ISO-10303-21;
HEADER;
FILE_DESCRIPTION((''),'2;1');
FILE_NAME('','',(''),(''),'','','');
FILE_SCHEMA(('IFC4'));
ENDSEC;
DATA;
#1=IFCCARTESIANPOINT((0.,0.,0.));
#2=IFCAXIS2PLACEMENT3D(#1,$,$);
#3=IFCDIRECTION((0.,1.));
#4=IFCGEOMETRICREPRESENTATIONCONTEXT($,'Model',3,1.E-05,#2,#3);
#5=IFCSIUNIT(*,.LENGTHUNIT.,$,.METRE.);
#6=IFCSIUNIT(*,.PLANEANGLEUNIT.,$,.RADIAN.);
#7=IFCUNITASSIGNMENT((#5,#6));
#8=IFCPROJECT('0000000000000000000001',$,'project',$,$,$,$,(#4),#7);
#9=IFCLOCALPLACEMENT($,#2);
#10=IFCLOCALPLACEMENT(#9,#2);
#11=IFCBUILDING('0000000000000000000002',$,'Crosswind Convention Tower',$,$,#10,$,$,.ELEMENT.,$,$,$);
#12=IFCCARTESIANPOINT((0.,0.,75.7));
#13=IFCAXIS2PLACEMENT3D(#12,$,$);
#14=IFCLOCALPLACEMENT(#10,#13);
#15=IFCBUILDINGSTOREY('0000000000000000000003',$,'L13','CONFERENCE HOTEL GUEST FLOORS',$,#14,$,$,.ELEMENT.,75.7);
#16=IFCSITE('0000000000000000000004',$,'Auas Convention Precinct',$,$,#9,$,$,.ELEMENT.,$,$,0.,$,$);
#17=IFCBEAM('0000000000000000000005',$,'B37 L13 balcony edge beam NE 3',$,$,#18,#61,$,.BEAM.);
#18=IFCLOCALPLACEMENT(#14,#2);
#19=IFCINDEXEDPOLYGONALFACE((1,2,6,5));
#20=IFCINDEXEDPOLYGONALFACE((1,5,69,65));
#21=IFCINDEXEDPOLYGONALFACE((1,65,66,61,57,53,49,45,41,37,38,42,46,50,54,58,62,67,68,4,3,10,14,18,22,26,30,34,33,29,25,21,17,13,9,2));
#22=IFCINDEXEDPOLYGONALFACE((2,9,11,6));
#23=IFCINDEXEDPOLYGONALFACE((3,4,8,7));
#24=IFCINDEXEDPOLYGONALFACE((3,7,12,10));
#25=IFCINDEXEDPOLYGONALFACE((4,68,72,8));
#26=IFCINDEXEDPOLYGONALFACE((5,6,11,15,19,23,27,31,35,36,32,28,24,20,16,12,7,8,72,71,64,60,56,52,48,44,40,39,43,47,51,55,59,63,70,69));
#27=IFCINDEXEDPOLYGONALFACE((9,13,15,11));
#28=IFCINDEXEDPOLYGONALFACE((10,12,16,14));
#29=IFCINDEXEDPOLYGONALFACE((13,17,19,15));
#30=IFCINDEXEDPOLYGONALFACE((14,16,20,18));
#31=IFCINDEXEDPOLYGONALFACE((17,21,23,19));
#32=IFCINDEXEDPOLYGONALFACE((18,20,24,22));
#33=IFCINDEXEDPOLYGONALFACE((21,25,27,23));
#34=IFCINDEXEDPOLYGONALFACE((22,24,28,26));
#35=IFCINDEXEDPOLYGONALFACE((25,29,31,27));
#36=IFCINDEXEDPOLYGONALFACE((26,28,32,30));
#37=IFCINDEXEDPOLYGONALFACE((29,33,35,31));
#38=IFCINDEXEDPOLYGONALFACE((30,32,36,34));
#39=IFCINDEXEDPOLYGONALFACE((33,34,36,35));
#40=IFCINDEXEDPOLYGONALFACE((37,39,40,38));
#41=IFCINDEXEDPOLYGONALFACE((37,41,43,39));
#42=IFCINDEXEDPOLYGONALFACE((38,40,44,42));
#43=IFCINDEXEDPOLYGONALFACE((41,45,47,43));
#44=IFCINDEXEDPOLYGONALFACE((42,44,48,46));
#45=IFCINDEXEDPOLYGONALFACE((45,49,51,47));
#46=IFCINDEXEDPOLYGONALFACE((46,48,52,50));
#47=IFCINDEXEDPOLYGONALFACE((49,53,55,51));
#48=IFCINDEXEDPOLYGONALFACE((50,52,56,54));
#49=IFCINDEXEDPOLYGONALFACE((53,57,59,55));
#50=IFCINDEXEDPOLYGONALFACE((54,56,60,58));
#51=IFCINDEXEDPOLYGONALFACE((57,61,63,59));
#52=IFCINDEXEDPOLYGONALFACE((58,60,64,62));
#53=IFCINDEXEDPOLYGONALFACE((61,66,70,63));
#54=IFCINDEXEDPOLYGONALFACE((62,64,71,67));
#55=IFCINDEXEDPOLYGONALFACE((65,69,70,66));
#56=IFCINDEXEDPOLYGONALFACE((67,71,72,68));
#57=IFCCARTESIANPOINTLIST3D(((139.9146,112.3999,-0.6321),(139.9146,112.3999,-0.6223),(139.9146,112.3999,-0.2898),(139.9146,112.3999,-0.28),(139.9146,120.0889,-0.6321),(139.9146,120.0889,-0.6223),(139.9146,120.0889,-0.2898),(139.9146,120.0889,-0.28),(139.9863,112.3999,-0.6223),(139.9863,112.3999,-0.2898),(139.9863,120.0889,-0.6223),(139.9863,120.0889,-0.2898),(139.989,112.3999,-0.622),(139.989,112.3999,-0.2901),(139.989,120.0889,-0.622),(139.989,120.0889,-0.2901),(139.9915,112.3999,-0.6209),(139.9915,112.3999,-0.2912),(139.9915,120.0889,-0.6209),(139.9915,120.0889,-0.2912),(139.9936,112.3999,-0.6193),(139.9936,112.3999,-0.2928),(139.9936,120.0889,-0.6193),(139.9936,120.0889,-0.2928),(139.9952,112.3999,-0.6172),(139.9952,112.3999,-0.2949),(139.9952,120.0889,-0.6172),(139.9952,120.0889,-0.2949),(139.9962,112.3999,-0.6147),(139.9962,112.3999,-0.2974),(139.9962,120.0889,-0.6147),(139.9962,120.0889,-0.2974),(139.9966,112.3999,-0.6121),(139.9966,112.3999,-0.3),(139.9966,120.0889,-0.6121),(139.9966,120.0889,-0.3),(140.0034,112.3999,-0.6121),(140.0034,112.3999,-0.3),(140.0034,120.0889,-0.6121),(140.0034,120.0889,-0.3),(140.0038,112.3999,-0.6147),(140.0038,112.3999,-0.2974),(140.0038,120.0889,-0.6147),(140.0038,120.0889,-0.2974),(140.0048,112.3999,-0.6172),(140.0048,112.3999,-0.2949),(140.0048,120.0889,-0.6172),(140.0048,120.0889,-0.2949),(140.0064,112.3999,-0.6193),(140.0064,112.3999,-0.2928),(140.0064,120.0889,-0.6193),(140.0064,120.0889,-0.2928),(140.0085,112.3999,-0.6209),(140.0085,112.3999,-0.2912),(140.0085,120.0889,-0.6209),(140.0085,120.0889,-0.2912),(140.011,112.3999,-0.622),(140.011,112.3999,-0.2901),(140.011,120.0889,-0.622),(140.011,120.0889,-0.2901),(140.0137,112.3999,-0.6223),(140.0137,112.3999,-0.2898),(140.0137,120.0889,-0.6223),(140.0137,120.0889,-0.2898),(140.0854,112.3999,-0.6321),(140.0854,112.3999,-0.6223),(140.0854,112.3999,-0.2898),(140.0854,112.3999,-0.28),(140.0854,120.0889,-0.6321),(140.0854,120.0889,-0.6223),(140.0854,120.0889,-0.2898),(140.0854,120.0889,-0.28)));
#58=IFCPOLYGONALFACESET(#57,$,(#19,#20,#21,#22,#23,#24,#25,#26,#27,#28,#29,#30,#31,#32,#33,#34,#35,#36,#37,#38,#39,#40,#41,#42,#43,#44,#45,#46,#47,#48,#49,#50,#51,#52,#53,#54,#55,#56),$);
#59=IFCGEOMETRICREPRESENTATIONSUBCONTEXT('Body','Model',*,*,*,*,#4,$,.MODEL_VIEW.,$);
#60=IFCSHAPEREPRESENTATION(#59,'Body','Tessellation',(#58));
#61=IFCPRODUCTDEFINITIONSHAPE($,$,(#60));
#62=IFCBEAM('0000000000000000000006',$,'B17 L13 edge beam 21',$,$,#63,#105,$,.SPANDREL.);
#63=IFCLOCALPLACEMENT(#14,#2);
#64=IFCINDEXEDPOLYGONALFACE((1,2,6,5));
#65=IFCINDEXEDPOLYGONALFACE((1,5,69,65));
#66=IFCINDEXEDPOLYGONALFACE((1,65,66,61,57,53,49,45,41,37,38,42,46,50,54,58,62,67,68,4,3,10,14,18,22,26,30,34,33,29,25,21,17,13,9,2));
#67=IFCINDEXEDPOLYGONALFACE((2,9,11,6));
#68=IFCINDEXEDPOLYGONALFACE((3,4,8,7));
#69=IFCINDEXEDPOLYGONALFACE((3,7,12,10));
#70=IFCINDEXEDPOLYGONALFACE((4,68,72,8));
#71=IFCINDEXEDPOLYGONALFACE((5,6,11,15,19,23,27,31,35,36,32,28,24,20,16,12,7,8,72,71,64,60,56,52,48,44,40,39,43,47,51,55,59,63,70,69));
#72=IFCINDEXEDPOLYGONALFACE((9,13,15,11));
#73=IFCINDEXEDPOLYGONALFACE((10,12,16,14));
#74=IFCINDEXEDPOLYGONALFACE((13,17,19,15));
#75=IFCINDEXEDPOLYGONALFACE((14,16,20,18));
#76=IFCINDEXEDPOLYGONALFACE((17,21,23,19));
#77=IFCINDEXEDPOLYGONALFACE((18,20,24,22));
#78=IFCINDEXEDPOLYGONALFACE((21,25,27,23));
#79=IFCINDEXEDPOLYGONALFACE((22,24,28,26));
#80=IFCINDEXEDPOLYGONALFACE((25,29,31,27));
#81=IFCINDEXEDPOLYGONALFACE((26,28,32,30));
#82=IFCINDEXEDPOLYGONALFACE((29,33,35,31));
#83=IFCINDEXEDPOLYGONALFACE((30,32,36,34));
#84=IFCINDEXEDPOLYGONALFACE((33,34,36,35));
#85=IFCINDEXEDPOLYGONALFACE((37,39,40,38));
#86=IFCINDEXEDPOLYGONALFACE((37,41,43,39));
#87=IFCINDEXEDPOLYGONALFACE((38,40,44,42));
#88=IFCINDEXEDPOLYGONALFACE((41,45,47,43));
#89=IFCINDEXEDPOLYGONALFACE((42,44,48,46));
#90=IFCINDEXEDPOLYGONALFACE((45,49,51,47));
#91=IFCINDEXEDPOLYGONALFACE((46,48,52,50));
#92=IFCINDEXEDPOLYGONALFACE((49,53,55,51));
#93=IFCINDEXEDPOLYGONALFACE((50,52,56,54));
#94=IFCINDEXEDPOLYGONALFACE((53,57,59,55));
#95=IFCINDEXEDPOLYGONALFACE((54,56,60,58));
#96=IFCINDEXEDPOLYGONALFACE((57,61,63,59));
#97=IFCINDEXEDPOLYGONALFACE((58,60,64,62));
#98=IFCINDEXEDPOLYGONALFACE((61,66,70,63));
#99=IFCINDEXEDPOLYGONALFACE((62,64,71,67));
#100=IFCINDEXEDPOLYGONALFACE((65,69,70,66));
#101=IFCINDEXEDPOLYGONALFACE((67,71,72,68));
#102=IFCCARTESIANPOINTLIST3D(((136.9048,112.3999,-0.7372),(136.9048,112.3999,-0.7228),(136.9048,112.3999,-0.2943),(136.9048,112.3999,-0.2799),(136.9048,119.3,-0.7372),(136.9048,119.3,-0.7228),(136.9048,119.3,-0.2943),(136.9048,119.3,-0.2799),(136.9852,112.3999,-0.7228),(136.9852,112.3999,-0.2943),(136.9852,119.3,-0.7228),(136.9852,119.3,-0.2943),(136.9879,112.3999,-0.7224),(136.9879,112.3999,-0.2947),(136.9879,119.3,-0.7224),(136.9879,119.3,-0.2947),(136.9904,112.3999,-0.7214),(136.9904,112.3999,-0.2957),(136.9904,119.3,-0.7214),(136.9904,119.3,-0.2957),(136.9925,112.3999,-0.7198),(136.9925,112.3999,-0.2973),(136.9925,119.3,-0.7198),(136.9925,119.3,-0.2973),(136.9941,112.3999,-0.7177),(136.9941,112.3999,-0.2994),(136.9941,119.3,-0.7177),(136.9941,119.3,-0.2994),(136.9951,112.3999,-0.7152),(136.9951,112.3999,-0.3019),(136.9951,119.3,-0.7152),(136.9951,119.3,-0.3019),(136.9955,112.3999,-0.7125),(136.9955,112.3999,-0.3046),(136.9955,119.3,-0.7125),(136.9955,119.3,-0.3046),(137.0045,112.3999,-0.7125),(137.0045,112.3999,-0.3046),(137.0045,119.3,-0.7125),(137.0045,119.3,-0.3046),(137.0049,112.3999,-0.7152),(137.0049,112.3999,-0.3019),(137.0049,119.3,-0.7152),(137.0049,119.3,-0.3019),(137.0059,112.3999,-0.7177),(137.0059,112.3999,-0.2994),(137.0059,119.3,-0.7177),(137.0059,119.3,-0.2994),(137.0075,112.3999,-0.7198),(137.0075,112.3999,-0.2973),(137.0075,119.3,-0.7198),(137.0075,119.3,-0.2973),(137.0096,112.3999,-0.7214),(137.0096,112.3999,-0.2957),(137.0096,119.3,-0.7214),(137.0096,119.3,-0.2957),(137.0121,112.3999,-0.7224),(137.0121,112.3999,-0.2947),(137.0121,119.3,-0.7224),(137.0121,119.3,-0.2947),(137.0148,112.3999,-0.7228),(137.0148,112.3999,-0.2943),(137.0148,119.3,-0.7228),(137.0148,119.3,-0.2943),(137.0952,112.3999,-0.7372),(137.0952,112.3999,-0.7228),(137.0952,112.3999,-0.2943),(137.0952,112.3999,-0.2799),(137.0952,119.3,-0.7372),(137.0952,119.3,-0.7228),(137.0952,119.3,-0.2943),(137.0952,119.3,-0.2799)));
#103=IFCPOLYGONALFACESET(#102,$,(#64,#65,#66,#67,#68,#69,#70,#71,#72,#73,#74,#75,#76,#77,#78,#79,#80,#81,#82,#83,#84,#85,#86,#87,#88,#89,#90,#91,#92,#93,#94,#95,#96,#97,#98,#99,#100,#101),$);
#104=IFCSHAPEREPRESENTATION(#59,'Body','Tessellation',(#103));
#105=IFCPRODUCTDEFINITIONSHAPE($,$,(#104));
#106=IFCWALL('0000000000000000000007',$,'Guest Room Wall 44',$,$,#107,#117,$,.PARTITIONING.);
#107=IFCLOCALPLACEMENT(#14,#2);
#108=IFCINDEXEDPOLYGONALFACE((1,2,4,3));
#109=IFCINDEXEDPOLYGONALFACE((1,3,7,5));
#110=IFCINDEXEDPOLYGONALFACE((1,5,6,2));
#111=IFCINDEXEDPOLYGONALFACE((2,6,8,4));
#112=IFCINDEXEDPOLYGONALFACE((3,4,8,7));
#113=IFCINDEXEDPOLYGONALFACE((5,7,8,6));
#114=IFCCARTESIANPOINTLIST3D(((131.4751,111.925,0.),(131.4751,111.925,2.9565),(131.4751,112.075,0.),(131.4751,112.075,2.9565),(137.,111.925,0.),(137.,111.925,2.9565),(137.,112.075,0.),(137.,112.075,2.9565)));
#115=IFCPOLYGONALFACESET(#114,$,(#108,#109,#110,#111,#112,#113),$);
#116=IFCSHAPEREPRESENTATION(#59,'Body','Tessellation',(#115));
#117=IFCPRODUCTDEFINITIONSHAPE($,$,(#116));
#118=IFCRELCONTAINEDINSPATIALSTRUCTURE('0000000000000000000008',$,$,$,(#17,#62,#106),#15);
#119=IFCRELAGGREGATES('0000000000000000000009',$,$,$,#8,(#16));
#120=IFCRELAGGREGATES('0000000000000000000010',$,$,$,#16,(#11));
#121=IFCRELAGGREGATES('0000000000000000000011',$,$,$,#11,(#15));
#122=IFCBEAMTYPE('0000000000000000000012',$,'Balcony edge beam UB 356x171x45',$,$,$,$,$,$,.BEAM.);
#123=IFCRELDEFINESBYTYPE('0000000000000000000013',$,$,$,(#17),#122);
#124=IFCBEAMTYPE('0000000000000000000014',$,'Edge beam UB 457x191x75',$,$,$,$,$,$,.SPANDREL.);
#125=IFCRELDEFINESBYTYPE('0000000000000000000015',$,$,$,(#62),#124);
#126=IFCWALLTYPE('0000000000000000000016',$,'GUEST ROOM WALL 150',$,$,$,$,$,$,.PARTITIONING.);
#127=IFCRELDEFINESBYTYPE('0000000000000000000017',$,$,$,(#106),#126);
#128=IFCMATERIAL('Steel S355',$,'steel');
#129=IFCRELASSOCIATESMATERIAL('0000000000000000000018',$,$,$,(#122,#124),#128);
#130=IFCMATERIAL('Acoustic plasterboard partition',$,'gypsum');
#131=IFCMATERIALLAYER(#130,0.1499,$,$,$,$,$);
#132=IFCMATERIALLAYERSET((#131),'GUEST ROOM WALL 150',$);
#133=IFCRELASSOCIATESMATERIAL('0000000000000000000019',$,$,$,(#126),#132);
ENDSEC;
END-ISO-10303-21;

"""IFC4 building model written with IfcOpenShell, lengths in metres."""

from ifc_helpers import new_model, si_unit, direction, frame, frame_2d, origin, origin_2d, place, context, subcontext, project, spatial, rectangle, i_section, extrude, material, layer, layer_set, material_profile, profile_set, type_object, element, save


model = new_model("IFC4")

# Units and contexts
model_context = context("Model", 3, precision=1e-05, world=origin(), true_north=direction((0.0, 1.0)))
body_context = subcontext(model_context, "Body", "Model", "MODEL_VIEW")
ifc_project = project(units=[si_unit("LENGTHUNIT", "METRE"), si_unit("PLANEANGLEUNIT", "RADIAN")], contexts=[model_context])

# Site, building, storey
site_placement = place(None, origin())
site = spatial("IfcSite", under=ifc_project, at=site_placement, Name="Auas Convention Precinct", CompositionType="ELEMENT", RefElevation=0.0)
building_placement = place(site_placement, origin())
building = spatial("IfcBuilding", under=site, at=building_placement, Name="Crosswind Convention Tower", CompositionType="ELEMENT")
storey_placement = place(building_placement, frame((0.0, 0.0, 75.7)))
storey = spatial("IfcBuildingStorey", under=building, at=storey_placement, Name="L13", Description="CONFERENCE HOTEL GUEST FLOORS", CompositionType="ELEMENT", Elevation=75.7)

# Beams
ifc_material_1 = material(Name="Steel S355", Category="steel")
ifc_material_profile_1 = material_profile(ifc_material_1, i_section(OverallWidth=0.1709, OverallDepth=0.3521, WebThickness=0.0068, FlangeThickness=0.0098, FilletRadius=0.0103, at=origin_2d()), Name="UB 356x171x45")
ifc_profile_set_1 = profile_set([ifc_material_profile_1], Name="Steel S355")
beam_type_1 = type_object("IfcBeamType", Name="Balcony edge beam UB 356x171x45", PredefinedType="BEAM", material=ifc_profile_set_1)
beam_1_placement = place(storey_placement, frame((140.0, 112.3999, -0.4561), z_axis=(0.0, 1.0, 0.0), x_axis=(-1.0, 0.0, 0.0)))
element("IfcBeam", 1, at=beam_1_placement, inside=storey, type_object=beam_type_1, Name="B37 L13 balcony edge beam NE 3", PredefinedType="BEAM", context=body_context, shape_type="SweptSolid", body=[
    extrude(i_section(OverallWidth=0.1709, OverallDepth=0.3521, WebThickness=0.0068, FlangeThickness=0.0098, FilletRadius=0.0103, at=origin_2d()), origin(), (0.0, 0.0, 1.0), 7.689),
])
ifc_material_profile_2 = material_profile(ifc_material_1, i_section(OverallWidth=0.1904, OverallDepth=0.4573, WebThickness=0.009, FlangeThickness=0.0144, FilletRadius=0.0103, at=origin_2d()), Name="UB 457x191x75")
ifc_profile_set_2 = profile_set([ifc_material_profile_2], Name="Steel S355")
beam_type_2 = type_object("IfcBeamType", Name="Edge beam UB 457x191x75", PredefinedType="SPANDREL", material=ifc_profile_set_2)
beam_2_placement = place(storey_placement, frame((137.0, 112.3999, -0.5085), z_axis=(0.0, 1.0, 0.0), x_axis=(-1.0, 0.0, 0.0)))
element("IfcBeam", 2, at=beam_2_placement, inside=storey, type_object=beam_type_2, Name="B17 L13 edge beam 21", PredefinedType="SPANDREL", context=body_context, shape_type="SweptSolid", body=[
    extrude(i_section(OverallWidth=0.1904, OverallDepth=0.4573, WebThickness=0.009, FlangeThickness=0.0144, FilletRadius=0.0103, at=origin_2d()), origin(), (0.0, 0.0, 1.0), 6.9001),
])

# Wall
ifc_material_2 = material(Name="Acoustic plasterboard partition", Category="gypsum")
ifc_layer_1 = layer(ifc_material_2, 0.1499)
ifc_layer_set_1 = layer_set([ifc_layer_1], Name="GUEST ROOM WALL 150")
wall_type_1 = type_object("IfcWallType", Name="GUEST ROOM WALL 150", PredefinedType="PARTITIONING", material=ifc_layer_set_1)
wall_1_placement = place(storey_placement, frame((131.4751, 112.0, 0.0), z_axis=(0.0, 0.0, 1.0), x_axis=(1.0, 0.0, 0.0)))
element("IfcWall", 3, at=wall_1_placement, inside=storey, type_object=wall_type_1, Name="Guest Room Wall 44", PredefinedType="PARTITIONING", context=body_context, shape_type="SweptSolid", body=[
    extrude(rectangle(XDim=5.5249, YDim=0.1499, at=frame_2d((2.7625, 0.0))), origin(), (0.0, 0.0, 1.0), 2.9565),
])

save(model, "model.ifc")
